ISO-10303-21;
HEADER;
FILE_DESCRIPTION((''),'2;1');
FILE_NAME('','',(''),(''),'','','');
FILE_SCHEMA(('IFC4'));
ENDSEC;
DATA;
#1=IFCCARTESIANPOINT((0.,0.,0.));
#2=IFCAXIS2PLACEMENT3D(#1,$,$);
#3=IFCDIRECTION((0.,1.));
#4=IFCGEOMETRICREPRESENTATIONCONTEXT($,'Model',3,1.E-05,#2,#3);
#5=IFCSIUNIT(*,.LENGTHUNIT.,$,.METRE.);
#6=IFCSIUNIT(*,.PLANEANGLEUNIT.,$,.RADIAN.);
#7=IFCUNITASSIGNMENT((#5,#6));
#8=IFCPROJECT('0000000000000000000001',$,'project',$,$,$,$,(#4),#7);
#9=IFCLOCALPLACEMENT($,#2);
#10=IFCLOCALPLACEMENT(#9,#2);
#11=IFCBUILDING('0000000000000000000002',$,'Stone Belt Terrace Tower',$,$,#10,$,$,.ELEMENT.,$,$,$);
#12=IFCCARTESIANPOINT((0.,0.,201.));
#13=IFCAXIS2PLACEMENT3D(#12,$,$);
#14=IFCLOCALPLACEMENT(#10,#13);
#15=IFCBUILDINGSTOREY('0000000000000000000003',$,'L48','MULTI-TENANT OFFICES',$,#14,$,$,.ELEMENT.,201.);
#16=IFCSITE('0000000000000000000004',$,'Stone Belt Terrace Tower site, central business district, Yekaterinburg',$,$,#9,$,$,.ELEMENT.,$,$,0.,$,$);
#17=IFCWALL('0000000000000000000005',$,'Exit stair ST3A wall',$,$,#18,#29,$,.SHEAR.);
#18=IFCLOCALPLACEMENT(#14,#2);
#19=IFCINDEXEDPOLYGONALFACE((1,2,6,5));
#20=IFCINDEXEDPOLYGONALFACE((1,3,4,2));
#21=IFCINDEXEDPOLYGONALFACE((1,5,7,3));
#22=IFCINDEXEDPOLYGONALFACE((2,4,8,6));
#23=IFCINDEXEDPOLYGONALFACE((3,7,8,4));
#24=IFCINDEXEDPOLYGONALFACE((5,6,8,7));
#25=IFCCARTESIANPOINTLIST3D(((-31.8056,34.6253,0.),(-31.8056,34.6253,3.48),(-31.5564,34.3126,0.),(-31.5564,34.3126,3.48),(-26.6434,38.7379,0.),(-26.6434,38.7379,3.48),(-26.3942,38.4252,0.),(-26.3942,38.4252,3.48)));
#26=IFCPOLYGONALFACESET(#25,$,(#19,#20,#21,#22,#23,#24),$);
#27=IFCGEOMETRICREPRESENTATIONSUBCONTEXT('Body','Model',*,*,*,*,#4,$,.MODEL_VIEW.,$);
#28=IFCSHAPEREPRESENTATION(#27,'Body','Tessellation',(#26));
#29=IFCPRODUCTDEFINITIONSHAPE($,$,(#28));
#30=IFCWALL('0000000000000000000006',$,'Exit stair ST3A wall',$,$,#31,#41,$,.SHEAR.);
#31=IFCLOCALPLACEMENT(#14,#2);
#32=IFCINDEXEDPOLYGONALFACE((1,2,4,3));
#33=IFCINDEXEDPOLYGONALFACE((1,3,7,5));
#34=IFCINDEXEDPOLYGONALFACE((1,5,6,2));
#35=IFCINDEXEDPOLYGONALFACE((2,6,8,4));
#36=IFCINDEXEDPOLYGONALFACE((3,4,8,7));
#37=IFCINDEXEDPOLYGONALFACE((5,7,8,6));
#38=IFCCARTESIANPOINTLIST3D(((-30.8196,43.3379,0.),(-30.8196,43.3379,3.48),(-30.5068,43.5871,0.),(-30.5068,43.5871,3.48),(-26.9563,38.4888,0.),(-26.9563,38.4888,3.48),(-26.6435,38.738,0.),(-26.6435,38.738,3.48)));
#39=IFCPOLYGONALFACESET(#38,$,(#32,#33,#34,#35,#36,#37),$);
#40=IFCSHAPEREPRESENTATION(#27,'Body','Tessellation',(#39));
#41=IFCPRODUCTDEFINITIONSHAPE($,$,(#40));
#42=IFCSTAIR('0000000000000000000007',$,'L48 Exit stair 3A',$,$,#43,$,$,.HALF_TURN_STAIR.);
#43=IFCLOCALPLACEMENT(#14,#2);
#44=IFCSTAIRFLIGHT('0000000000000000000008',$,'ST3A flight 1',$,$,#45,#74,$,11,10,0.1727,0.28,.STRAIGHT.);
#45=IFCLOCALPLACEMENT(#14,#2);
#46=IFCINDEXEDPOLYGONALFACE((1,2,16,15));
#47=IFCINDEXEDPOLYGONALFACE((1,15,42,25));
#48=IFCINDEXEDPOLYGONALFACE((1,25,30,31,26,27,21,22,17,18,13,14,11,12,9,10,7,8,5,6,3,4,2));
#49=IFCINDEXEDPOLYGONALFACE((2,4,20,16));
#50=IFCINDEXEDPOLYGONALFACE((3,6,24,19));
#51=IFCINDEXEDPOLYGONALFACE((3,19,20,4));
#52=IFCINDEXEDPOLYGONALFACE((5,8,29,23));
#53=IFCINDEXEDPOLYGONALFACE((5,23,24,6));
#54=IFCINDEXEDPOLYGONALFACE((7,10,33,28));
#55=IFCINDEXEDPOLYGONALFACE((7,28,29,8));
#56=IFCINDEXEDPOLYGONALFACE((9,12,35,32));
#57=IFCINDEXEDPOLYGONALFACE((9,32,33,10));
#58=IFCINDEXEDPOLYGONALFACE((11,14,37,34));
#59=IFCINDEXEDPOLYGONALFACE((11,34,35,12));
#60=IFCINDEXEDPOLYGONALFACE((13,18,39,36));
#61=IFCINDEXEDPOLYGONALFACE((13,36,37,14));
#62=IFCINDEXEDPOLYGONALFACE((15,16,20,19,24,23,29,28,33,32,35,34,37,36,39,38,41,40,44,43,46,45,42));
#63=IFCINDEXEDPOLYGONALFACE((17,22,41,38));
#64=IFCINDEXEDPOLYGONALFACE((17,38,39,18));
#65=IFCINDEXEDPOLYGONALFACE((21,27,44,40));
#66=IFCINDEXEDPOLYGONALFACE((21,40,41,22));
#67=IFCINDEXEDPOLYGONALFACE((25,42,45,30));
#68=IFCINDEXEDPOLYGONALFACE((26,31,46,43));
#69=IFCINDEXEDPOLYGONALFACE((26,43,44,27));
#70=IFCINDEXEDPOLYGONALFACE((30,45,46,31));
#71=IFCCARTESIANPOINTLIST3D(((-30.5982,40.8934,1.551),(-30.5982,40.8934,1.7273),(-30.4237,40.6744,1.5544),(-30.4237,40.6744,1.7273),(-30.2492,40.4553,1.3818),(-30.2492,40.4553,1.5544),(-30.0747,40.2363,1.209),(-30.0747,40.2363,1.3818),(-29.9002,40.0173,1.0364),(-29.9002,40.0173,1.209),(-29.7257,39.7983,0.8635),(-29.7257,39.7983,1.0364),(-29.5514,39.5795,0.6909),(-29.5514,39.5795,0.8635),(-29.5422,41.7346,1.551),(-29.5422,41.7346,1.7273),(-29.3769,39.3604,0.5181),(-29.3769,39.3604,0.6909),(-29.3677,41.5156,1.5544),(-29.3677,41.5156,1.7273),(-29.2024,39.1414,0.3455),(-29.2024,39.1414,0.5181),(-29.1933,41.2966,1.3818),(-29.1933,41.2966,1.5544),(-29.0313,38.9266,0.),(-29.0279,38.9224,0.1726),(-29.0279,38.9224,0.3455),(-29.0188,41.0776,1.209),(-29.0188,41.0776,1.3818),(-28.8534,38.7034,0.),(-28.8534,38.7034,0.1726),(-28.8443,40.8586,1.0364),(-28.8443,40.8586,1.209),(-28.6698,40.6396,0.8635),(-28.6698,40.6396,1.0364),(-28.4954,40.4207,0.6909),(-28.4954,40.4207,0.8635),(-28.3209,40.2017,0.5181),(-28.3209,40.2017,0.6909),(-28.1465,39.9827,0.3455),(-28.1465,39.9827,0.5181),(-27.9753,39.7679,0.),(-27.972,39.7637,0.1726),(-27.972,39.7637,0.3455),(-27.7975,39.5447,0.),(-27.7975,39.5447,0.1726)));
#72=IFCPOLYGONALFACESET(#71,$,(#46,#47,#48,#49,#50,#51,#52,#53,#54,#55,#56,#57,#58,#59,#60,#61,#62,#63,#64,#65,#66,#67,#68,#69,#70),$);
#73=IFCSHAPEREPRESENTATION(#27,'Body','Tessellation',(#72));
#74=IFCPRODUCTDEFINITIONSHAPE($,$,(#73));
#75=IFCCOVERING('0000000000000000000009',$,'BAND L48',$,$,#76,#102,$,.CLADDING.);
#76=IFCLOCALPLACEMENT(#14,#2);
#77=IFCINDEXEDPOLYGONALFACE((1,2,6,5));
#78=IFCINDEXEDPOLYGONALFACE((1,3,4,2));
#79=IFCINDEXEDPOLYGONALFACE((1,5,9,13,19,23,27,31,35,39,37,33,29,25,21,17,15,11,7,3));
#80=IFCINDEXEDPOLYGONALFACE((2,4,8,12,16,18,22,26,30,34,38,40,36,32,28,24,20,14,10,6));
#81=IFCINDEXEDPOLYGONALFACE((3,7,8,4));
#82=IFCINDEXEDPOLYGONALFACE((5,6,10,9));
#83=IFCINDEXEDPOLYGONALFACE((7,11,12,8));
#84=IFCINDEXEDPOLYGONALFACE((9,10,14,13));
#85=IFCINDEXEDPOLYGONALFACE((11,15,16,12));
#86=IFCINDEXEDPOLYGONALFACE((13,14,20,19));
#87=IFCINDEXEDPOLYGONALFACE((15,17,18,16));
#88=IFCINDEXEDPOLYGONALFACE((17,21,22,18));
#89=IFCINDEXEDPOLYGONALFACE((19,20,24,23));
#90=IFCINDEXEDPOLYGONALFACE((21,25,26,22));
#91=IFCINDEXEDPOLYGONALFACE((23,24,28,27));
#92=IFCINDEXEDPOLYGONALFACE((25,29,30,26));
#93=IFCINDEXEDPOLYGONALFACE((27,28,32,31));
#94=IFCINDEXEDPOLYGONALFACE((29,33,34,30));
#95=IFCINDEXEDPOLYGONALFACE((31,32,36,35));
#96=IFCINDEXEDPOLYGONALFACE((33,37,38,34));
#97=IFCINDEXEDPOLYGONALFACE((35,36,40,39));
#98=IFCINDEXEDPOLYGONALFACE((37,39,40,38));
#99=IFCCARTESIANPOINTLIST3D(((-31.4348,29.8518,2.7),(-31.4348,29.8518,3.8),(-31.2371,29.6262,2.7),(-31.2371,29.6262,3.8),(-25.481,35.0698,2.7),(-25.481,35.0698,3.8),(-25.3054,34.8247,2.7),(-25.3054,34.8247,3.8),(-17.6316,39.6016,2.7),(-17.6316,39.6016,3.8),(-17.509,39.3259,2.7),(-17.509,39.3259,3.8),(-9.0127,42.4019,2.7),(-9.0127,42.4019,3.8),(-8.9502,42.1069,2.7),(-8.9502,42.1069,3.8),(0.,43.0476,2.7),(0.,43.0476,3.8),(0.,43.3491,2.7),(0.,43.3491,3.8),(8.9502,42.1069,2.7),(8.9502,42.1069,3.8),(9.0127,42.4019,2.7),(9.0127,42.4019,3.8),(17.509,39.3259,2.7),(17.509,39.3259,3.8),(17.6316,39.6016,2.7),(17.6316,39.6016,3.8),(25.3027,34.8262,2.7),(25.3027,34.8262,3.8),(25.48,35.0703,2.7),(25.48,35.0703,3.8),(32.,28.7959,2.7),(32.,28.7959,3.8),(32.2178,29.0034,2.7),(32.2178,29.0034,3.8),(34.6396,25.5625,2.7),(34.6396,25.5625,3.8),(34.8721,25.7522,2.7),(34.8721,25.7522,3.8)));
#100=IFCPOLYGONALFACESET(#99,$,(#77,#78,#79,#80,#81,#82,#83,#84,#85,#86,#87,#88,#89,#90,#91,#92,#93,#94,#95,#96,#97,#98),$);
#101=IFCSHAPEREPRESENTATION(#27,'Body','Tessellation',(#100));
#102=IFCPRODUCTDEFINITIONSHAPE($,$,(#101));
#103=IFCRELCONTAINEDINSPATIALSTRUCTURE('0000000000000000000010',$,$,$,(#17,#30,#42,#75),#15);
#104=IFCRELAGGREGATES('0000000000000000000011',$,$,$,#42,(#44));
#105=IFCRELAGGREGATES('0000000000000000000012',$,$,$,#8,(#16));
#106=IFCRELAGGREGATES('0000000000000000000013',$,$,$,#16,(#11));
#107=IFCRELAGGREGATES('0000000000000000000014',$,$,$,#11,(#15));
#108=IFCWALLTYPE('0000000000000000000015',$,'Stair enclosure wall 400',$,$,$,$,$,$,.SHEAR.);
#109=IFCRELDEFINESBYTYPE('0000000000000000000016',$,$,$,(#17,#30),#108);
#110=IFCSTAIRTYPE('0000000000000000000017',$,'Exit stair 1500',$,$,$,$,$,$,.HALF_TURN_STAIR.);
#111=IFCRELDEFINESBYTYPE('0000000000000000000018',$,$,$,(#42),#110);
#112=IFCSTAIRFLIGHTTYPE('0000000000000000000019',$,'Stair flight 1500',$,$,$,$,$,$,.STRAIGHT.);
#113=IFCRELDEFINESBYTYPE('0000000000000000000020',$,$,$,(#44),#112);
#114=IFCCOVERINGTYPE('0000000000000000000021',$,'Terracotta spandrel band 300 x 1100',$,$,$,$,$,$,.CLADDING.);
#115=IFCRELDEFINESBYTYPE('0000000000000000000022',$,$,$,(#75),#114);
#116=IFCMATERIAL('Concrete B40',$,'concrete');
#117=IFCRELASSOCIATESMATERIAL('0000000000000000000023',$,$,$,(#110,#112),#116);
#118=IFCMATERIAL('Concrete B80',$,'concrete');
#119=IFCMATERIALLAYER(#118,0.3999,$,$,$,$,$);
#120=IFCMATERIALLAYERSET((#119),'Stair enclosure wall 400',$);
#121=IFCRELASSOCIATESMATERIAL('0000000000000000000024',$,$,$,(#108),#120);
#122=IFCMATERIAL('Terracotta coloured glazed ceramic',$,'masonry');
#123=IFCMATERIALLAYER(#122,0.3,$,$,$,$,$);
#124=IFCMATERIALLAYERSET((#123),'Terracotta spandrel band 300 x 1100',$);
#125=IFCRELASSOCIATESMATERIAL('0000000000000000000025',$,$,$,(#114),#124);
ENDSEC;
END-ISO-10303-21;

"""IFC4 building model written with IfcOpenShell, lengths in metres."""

from ifc_helpers import new_model, si_unit, direction, frame, frame_2d, origin, place, context, subcontext, project, spatial, polyline, rectangle, outline, extrude, material, layer, layer_set, type_object, element, aggregate, save


model = new_model("IFC4")

# Units and contexts
model_context = context("Model", 3, precision=1e-05, world=origin(), true_north=direction((0.0, 1.0)))
body_context = subcontext(model_context, "Body", "Model", "MODEL_VIEW")
ifc_project = project(units=[si_unit("LENGTHUNIT", "METRE"), si_unit("PLANEANGLEUNIT", "RADIAN")], contexts=[model_context])

# Site, building, storey
site_placement = place(None, origin())
site = spatial("IfcSite", under=ifc_project, at=site_placement, Name="Stone Belt Terrace Tower site, central business district, Yekaterinburg", CompositionType="ELEMENT", RefElevation=0.0)
building_placement = place(site_placement, origin())
building = spatial("IfcBuilding", under=site, at=building_placement, Name="Stone Belt Terrace Tower", CompositionType="ELEMENT")
storey_placement = place(building_placement, frame((0.0, 0.0, 201.0)))
storey = spatial("IfcBuildingStorey", under=building, at=storey_placement, Name="L48", Description="MULTI-TENANT OFFICES", CompositionType="ELEMENT", Elevation=201.0)

# Shared definitions
ifc_material_1 = material(Name="Concrete B40", Category="concrete")

# Shared definitions
stair_type = type_object("IfcStairType", Name="Exit stair 1500", PredefinedType="HALF_TURN_STAIR", material=ifc_material_1)

# Walls
ifc_material_2 = material(Name="Concrete B80", Category="concrete")
ifc_layer_1 = layer(ifc_material_2, 0.3999)
ifc_layer_set_1 = layer_set([ifc_layer_1], Name="Stair enclosure wall 400")
wall_type_1 = type_object("IfcWallType", Name="Stair enclosure wall 400", PredefinedType="SHEAR", material=ifc_layer_set_1)
wall_1_placement = place(storey_placement, frame((-26.5188, 38.5815, 0.0), z_axis=(0.0, 0.0, 1.0), x_axis=(-0.782134, -0.62311, 0.0)))
element("IfcWall", 1, at=wall_1_placement, inside=storey, type_object=wall_type_1, Name="Exit stair ST3A wall", PredefinedType="SHEAR", context=body_context, shape_type="SweptSolid", body=[
    extrude(rectangle(XDim=6.6001, YDim=0.3999, at=frame_2d((3.3, 0.0))), origin(), (0.0, 0.0, 1.0), 3.48),
])
wall_2_placement = place(storey_placement, frame((-26.7998, 38.6133, 0.0), z_axis=(0.0, 0.0, 1.0), x_axis=(-0.623119, 0.782127, 0.0)))
element("IfcWall", 2, at=wall_2_placement, inside=storey, type_object=wall_type_1, Name="Exit stair ST3A wall", PredefinedType="SHEAR", context=body_context, shape_type="SweptSolid", body=[
    extrude(rectangle(XDim=6.2, YDim=0.3999, at=frame_2d((3.1001, 0.0))), origin(), (0.0, 0.0, 1.0), 3.48),
])

# Stair, stair flight
stair_1_placement = place(storey_placement, origin())
stair_1 = element("IfcStair", 3, at=stair_1_placement, inside=storey, type_object=stair_type, Name="L48 Exit stair 3A", PredefinedType="HALF_TURN_STAIR")
stair_flight_type = type_object("IfcStairFlightType", Name="Stair flight 1500", PredefinedType="STRAIGHT", material=ifc_material_1)
stair_flight_placement = place(storey_placement, frame((-28.3254, 39.124, 0.0), z_axis=(0.0, 0.0, 1.0), x_axis=(-0.623121, 0.782125, 0.0)))
stair_flight = element("IfcStairFlight", 4, at=stair_flight_placement, type_object=stair_flight_type, Name="ST3A flight 1", NumberOfRisers=11, NumberOfTreads=10, PredefinedType="STRAIGHT", RiserHeight=0.1727, TreadLength=0.28, context=body_context, shape_type="SweptSolid", body=[
    extrude(outline(polyline([(0.0, 0.0), (0.0, 0.1726), (0.28, 0.1726), (0.28, 0.3455), (0.5601, 0.3455), (0.5601, 0.5181), (0.8401, 0.5181), (0.8401, 0.6909), (1.1201, 0.6909), (1.1201, 0.8635), (1.3999, 0.8635), (1.3999, 1.0364), (1.6799, 1.0364), (1.6799, 1.209), (1.96, 1.209), (1.96, 1.3818), (2.24, 1.3818), (2.24, 1.5544), (2.52, 1.5544), (2.52, 1.7273), (2.8, 1.7273), (2.8, 1.8999), (2.8, 1.551), (0.2854, 0.0), (0.0, 0.0)])), frame((0.0, 0.675, 0.0), z_axis=(0.0, -1.0, 0.0), x_axis=(1.0, 0.0, 0.0)), (0.0, 0.0, 1.0), 1.3501),
])
aggregate(stair_1, [stair_flight])

# Covering
ifc_material_3 = material(Name="Terracotta coloured glazed ceramic", Category="masonry")
ifc_layer_2 = layer(ifc_material_3, 0.3)
ifc_layer_set_2 = layer_set([ifc_layer_2], Name="Terracotta spandrel band 300 x 1100")
covering_type = type_object("IfcCoveringType", Name="Terracotta spandrel band 300 x 1100", PredefinedType="CLADDING", material=ifc_layer_set_2)
covering_placement = place(storey_placement, frame((0.0, 0.0, 2.7)))
element("IfcCovering", 5, at=covering_placement, inside=storey, type_object=covering_type, Name="BAND L48", PredefinedType="CLADDING", context=body_context, shape_type="SweptSolid", body=[
    extrude(outline(polyline([(-31.4348, 29.8518), (-25.481, 35.0698), (-17.6316, 39.6016), (-9.0127, 42.4019), (0.0, 43.3491), (9.0127, 42.4019), (17.6316, 39.6016), (25.48, 35.0703), (32.2178, 29.0034), (34.8721, 25.7522), (34.6396, 25.5625), (32.0, 28.7959), (25.3027, 34.8262), (17.509, 39.3259), (8.9502, 42.1069), (0.0, 43.0476), (-8.9502, 42.1069), (-17.509, 39.3259), (-25.3054, 34.8247), (-31.2371, 29.6262), (-31.4348, 29.8518)])), origin(), (0.0, 0.0, 1.0), 1.1001),
])

save(model, "model.ifc")
